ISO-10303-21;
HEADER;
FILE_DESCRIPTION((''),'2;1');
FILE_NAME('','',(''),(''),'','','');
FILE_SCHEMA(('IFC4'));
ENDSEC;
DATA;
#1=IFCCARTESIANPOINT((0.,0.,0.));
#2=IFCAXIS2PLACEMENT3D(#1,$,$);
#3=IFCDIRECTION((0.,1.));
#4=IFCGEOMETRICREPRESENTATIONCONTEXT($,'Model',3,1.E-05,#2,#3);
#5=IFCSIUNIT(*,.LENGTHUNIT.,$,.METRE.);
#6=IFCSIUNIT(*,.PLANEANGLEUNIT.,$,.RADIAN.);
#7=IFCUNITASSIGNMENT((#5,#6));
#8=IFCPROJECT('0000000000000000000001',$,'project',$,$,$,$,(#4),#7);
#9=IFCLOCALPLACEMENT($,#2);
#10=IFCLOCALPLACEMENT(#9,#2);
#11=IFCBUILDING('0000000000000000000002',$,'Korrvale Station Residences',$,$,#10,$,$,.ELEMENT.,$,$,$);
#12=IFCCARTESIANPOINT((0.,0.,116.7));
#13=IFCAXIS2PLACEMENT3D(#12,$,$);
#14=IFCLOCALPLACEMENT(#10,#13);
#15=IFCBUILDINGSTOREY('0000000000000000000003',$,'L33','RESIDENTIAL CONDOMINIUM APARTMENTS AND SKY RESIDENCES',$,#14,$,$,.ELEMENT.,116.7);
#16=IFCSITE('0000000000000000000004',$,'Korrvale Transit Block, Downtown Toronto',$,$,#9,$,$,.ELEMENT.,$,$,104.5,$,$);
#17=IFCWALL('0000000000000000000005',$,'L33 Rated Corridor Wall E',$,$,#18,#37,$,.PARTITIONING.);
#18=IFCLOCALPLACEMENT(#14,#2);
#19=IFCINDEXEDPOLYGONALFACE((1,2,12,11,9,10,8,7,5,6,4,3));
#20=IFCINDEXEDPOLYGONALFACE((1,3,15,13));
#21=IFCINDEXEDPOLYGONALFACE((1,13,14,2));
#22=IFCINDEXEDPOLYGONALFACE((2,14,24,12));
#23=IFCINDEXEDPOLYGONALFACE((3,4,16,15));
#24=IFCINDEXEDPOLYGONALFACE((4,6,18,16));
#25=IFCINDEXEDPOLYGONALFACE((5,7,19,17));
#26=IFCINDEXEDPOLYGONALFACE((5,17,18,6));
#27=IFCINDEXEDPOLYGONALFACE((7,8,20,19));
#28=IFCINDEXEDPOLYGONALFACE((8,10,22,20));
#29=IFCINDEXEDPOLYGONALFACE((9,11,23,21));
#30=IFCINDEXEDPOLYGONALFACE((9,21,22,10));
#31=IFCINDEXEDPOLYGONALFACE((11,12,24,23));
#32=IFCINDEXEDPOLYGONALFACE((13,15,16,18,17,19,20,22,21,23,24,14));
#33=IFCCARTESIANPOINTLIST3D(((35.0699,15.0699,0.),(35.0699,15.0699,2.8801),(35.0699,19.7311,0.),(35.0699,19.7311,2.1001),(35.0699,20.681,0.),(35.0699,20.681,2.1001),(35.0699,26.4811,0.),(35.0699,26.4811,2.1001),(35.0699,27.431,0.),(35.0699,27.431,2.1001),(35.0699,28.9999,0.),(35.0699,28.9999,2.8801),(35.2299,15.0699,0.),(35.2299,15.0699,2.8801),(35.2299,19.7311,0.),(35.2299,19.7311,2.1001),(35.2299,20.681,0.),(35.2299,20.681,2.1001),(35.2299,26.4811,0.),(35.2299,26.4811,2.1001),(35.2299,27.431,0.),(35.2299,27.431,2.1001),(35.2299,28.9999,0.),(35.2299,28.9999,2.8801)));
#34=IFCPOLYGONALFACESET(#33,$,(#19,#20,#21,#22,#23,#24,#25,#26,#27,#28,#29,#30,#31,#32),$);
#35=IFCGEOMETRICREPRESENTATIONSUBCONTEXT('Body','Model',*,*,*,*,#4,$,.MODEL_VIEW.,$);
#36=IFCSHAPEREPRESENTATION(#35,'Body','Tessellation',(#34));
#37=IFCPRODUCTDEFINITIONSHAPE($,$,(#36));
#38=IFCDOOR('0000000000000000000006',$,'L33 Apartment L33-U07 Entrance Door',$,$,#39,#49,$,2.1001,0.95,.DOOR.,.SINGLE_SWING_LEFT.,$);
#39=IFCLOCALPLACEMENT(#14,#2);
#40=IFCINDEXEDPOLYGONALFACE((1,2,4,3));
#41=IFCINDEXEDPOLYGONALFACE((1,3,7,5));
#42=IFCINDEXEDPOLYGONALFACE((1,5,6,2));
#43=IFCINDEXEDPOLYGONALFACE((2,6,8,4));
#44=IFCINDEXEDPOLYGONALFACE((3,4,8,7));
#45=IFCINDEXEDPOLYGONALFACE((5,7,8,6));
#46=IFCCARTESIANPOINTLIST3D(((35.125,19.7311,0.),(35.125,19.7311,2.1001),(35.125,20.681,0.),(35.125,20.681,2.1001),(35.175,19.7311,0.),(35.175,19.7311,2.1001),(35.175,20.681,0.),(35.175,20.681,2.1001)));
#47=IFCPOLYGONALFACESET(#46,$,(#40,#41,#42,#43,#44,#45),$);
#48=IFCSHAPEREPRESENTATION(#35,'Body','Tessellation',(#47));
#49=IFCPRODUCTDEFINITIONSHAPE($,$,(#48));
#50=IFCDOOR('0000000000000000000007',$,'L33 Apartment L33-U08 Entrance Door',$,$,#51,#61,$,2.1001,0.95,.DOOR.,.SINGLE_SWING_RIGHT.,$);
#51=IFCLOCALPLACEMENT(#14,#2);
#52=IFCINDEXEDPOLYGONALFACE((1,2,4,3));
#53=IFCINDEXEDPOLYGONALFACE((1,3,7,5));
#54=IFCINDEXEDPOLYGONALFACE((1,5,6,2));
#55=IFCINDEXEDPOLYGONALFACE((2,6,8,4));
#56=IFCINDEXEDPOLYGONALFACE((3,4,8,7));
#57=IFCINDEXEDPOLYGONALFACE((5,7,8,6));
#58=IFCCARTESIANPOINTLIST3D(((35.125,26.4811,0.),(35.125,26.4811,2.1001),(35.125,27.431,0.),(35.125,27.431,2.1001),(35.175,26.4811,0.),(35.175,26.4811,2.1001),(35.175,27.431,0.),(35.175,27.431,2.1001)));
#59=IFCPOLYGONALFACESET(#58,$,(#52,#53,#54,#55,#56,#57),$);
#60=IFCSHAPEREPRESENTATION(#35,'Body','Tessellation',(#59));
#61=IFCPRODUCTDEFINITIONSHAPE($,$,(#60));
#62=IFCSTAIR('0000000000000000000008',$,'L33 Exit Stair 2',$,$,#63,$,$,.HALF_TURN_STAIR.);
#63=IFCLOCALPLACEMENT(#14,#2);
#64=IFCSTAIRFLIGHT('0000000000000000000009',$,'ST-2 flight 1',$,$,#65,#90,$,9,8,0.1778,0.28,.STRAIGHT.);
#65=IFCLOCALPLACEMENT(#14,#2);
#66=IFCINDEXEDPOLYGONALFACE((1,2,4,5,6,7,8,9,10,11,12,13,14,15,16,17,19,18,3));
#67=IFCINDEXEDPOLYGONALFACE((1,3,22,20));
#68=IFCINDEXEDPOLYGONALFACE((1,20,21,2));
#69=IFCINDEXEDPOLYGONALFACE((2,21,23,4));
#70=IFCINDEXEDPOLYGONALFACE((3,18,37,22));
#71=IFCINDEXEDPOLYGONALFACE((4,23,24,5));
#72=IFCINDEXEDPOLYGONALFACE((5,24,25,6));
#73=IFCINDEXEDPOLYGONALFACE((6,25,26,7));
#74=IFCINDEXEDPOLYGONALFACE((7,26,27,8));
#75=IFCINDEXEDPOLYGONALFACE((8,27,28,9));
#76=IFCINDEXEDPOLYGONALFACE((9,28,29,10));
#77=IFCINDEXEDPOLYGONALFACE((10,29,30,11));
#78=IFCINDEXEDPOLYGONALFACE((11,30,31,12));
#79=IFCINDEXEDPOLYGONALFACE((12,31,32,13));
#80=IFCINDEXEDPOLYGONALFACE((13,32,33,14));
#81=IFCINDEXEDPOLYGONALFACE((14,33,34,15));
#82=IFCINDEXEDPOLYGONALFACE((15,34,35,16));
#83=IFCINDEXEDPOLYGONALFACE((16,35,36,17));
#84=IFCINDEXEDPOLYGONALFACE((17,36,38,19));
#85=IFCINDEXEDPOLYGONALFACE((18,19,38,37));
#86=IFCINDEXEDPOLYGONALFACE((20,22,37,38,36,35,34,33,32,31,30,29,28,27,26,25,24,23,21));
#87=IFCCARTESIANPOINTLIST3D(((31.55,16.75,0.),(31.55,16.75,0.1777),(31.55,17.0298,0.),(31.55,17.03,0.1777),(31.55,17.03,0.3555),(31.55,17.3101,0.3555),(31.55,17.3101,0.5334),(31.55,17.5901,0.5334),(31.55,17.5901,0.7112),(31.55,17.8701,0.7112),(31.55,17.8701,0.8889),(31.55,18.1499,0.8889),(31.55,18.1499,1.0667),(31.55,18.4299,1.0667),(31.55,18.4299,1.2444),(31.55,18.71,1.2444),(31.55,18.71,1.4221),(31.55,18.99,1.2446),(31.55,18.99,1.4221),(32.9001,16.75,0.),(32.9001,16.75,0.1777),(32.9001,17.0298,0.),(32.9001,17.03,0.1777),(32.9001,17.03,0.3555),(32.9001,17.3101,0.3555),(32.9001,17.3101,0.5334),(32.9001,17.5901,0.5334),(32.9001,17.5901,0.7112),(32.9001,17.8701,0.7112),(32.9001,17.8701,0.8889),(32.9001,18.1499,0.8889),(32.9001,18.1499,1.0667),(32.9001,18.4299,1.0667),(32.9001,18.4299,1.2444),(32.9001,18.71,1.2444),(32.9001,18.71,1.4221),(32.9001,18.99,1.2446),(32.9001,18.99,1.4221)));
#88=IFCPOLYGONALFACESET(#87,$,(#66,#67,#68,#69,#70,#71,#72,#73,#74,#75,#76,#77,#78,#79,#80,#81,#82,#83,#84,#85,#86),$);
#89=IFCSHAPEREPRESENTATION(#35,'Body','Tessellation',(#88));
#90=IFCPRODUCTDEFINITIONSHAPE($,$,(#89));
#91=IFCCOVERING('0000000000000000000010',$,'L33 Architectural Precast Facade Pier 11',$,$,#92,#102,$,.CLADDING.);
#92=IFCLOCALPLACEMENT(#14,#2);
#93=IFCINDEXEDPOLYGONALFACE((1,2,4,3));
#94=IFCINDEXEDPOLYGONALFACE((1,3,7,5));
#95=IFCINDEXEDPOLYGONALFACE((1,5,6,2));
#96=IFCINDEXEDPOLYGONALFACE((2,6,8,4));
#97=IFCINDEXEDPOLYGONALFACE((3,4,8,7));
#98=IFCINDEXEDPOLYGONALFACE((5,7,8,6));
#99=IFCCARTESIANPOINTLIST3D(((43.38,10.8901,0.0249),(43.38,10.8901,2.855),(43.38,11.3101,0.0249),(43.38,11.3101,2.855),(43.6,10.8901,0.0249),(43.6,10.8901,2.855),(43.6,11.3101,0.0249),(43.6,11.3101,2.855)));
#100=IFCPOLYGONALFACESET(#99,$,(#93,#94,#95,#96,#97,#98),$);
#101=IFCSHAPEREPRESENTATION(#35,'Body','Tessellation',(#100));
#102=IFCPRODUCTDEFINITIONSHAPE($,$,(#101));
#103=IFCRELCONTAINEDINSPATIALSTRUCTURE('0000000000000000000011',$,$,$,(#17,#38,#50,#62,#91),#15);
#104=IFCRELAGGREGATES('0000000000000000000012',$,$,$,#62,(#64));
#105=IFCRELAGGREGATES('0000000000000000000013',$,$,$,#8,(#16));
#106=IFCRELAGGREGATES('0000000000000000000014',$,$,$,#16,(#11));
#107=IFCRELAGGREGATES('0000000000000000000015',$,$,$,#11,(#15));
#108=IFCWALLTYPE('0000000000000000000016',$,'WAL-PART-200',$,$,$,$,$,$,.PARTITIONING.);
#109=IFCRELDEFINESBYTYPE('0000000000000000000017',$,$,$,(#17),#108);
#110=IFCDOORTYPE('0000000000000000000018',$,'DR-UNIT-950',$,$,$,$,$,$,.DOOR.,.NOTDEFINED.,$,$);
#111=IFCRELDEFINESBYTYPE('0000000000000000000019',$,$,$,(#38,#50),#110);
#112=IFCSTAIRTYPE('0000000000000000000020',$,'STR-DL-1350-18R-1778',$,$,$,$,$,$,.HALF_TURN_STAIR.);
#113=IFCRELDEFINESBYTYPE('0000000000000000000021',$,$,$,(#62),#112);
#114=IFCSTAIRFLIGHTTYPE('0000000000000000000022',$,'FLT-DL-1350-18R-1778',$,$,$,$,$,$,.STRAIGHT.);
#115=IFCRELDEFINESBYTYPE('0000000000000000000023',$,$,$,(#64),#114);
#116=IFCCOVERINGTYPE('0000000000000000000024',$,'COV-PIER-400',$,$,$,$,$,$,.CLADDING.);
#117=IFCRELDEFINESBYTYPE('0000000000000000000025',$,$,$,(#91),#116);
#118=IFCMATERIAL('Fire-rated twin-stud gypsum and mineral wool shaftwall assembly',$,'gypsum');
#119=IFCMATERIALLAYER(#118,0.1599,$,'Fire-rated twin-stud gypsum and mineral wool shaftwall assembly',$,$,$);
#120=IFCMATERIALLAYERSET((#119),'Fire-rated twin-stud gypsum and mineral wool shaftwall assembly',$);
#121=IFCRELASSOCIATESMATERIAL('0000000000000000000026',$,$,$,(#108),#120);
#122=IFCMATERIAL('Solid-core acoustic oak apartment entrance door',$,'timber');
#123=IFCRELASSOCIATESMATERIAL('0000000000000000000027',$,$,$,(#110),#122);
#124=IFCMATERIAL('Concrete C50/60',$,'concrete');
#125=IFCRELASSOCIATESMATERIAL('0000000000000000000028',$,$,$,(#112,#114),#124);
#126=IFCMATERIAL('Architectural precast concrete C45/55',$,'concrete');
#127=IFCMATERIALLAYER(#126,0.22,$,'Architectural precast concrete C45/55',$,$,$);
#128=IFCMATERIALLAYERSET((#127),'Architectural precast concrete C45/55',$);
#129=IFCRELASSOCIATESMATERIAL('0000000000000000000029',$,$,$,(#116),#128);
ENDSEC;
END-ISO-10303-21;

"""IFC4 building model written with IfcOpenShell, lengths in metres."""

from ifc_helpers import new_model, si_unit, direction, frame, frame_2d, origin, origin_2d, place, context, subcontext, project, spatial, polyline, rectangle, outline, extrude, material, layer, layer_set, type_object, element, fill, aggregate, save


model = new_model("IFC4")

# Units and contexts
model_context = context("Model", 3, precision=1e-05, world=origin(), true_north=direction((0.0, 1.0)))
body_context = subcontext(model_context, "Body", "Model", "MODEL_VIEW")
ifc_project = project(units=[si_unit("LENGTHUNIT", "METRE"), si_unit("PLANEANGLEUNIT", "RADIAN")], contexts=[model_context])

# Site, building, storey
site_placement = place(None, origin())
site = spatial("IfcSite", under=ifc_project, at=site_placement, Name="Korrvale Transit Block, Downtown Toronto", CompositionType="ELEMENT", RefElevation=104.5)
building_placement = place(site_placement, origin())
building = spatial("IfcBuilding", under=site, at=building_placement, Name="Korrvale Station Residences", CompositionType="ELEMENT")
storey_placement = place(building_placement, frame((0.0, 0.0, 116.7)))
storey = spatial("IfcBuildingStorey", under=building, at=storey_placement, Name="L33", Description="RESIDENTIAL CONDOMINIUM APARTMENTS AND SKY RESIDENCES", CompositionType="ELEMENT", Elevation=116.7)

# Shared definitions
ifc_material_1 = material(Name="Fire-rated twin-stud gypsum and mineral wool shaftwall assembly", Category="gypsum")
ifc_layer_1 = layer(ifc_material_1, 0.1599, Name="Fire-rated twin-stud gypsum and mineral wool shaftwall assembly")
ifc_layer_set_1 = layer_set([ifc_layer_1], Name="Fire-rated twin-stud gypsum and mineral wool shaftwall assembly")
wall_type_1 = type_object("IfcWallType", Name="WAL-PART-200", PredefinedType="PARTITIONING", material=ifc_layer_set_1)

# Wall, openings, doors
wall_1_placement = place(storey_placement, frame((35.1499, 15.0701, 0.0), z_axis=(0.0, 0.0, 1.0), x_axis=(0.0, 1.0, 0.0)))
wall_1 = element("IfcWall", 1, at=wall_1_placement, inside=storey, type_object=wall_type_1, Name="L33 Rated Corridor Wall E", PredefinedType="PARTITIONING", context=body_context, shape_type="SweptSolid", body=[
    extrude(rectangle(XDim=13.9299, YDim=0.1599, at=frame_2d((6.9648, 0.0))), origin(), (0.0, 0.0, 1.0), 2.8801),
])
opening_1_placement = place(wall_1_placement, frame((4.6609, 0.0, 0.0)))
opening_1 = element("IfcOpeningElement", 2, at=opening_1_placement, cuts=wall_1, PredefinedType="OPENING", context=body_context, shape_type="SweptSolid", body=[
    extrude(rectangle(XDim=0.95, YDim=2.1001, at=frame_2d((0.4751, 1.05))), frame((0.0, 0.0898, 0.0), z_axis=(0.0, -1.0, 0.0), x_axis=(1.0, 0.0, 0.0)), (0.0, 0.0, 1.0), 0.1799),
])
opening_2_placement = place(wall_1_placement, frame((11.4109, 0.0, 0.0)))
opening_2 = element("IfcOpeningElement", 3, at=opening_2_placement, cuts=wall_1, PredefinedType="OPENING", context=body_context, shape_type="SweptSolid", body=[
    extrude(rectangle(XDim=0.95, YDim=2.1001, at=frame_2d((0.4751, 1.05))), frame((0.0, 0.0898, 0.0), z_axis=(0.0, -1.0, 0.0), x_axis=(1.0, 0.0, 0.0)), (0.0, 0.0, 1.0), 0.1799),
])
ifc_material_2 = material(Name="Solid-core acoustic oak apartment entrance door", Category="timber")
door_type_1 = type_object("IfcDoorType", Name="DR-UNIT-950", OperationType="NOTDEFINED", PredefinedType="DOOR", material=ifc_material_2)
door_1_placement = place(opening_1_placement, origin())
door_1 = element("IfcDoor", 4, at=door_1_placement, inside=storey, type_object=door_type_1, Name="L33 Apartment L33-U07 Entrance Door", OperationType="SINGLE_SWING_LEFT", OverallHeight=2.1001, OverallWidth=0.95, PredefinedType="DOOR", context=body_context, shape_type="SweptSolid", body=[
    extrude(rectangle(XDim=0.95, YDim=2.1001, at=frame_2d((0.4751, 1.05))), frame((0.0, 0.0249, 0.0), z_axis=(0.0, -1.0, 0.0), x_axis=(1.0, 0.0, 0.0)), (0.0, 0.0, 1.0), 0.05),
])
fill(opening_1, door_1)
door_2_placement = place(opening_2_placement, origin())
door_2 = element("IfcDoor", 5, at=door_2_placement, inside=storey, type_object=door_type_1, Name="L33 Apartment L33-U08 Entrance Door", OperationType="SINGLE_SWING_RIGHT", OverallHeight=2.1001, OverallWidth=0.95, PredefinedType="DOOR", context=body_context, shape_type="SweptSolid", body=[
    extrude(rectangle(XDim=0.95, YDim=2.1001, at=frame_2d((0.4751, 1.05))), frame((0.0, 0.0249, 0.0), z_axis=(0.0, -1.0, 0.0), x_axis=(1.0, 0.0, 0.0)), (0.0, 0.0, 1.0), 0.05),
])
fill(opening_2, door_2)

# Stair, stair flight
ifc_material_3 = material(Name="Concrete C50/60", Category="concrete")
stair_type = type_object("IfcStairType", Name="STR-DL-1350-18R-1778", PredefinedType="HALF_TURN_STAIR", material=ifc_material_3)
stair_placement = place(storey_placement, origin())
stair = element("IfcStair", 6, at=stair_placement, inside=storey, type_object=stair_type, Name="L33 Exit Stair 2", PredefinedType="HALF_TURN_STAIR")
stair_flight_type = type_object("IfcStairFlightType", Name="FLT-DL-1350-18R-1778", PredefinedType="STRAIGHT", material=ifc_material_3)
stair_flight_placement = place(storey_placement, frame((32.2251, 16.75, 0.0), z_axis=(0.0, 0.0, 1.0), x_axis=(0.0, 1.0, 0.0)))
stair_flight = element("IfcStairFlight", 7, at=stair_flight_placement, type_object=stair_flight_type, Name="ST-2 flight 1", NumberOfRisers=9, NumberOfTreads=8, PredefinedType="STRAIGHT", RiserHeight=0.1778, TreadLength=0.28, context=body_context, shape_type="SweptSolid", body=[
    extrude(outline(polyline([(0.0, 0.0), (0.0, 0.1777), (0.28, 0.1777), (0.28, 0.3555), (0.5601, 0.3555), (0.5601, 0.5334), (0.8401, 0.5334), (0.8401, 0.7112), (1.1201, 0.7112), (1.1201, 0.8889), (1.3999, 0.8889), (1.3999, 1.0667), (1.6799, 1.0667), (1.6799, 1.2444), (1.96, 1.2444), (1.96, 1.4221), (2.24, 1.4221), (2.24, 1.6001), (2.24, 1.2446), (0.2798, 0.0), (0.0, 0.0)])), frame((0.0, 0.675, 0.0), z_axis=(0.0, -1.0, 0.0), x_axis=(1.0, 0.0, 0.0)), (0.0, 0.0, 1.0), 1.3501),
])
aggregate(stair, [stair_flight])

# Covering
ifc_material_4 = material(Name="Architectural precast concrete C45/55", Category="concrete")
ifc_layer_2 = layer(ifc_material_4, 0.22, Name="Architectural precast concrete C45/55")
ifc_layer_set_2 = layer_set([ifc_layer_2], Name="Architectural precast concrete C45/55")
covering_type = type_object("IfcCoveringType", Name="COV-PIER-400", PredefinedType="CLADDING", material=ifc_layer_set_2)
covering_placement = place(storey_placement, frame((43.49, 11.1001, 0.0249), z_axis=(0.0, 0.0, 1.0), x_axis=(0.0, 1.0, 0.0)))
element("IfcCovering", 8, at=covering_placement, inside=storey, type_object=covering_type, Name="L33 Architectural Precast Facade Pier 11", PredefinedType="CLADDING", context=body_context, shape_type="SweptSolid", body=[
    extrude(rectangle(XDim=0.4199, YDim=0.22, at=origin_2d()), origin(), (0.0, 0.0, 1.0), 2.8301),
])

save(model, "model.ifc")
